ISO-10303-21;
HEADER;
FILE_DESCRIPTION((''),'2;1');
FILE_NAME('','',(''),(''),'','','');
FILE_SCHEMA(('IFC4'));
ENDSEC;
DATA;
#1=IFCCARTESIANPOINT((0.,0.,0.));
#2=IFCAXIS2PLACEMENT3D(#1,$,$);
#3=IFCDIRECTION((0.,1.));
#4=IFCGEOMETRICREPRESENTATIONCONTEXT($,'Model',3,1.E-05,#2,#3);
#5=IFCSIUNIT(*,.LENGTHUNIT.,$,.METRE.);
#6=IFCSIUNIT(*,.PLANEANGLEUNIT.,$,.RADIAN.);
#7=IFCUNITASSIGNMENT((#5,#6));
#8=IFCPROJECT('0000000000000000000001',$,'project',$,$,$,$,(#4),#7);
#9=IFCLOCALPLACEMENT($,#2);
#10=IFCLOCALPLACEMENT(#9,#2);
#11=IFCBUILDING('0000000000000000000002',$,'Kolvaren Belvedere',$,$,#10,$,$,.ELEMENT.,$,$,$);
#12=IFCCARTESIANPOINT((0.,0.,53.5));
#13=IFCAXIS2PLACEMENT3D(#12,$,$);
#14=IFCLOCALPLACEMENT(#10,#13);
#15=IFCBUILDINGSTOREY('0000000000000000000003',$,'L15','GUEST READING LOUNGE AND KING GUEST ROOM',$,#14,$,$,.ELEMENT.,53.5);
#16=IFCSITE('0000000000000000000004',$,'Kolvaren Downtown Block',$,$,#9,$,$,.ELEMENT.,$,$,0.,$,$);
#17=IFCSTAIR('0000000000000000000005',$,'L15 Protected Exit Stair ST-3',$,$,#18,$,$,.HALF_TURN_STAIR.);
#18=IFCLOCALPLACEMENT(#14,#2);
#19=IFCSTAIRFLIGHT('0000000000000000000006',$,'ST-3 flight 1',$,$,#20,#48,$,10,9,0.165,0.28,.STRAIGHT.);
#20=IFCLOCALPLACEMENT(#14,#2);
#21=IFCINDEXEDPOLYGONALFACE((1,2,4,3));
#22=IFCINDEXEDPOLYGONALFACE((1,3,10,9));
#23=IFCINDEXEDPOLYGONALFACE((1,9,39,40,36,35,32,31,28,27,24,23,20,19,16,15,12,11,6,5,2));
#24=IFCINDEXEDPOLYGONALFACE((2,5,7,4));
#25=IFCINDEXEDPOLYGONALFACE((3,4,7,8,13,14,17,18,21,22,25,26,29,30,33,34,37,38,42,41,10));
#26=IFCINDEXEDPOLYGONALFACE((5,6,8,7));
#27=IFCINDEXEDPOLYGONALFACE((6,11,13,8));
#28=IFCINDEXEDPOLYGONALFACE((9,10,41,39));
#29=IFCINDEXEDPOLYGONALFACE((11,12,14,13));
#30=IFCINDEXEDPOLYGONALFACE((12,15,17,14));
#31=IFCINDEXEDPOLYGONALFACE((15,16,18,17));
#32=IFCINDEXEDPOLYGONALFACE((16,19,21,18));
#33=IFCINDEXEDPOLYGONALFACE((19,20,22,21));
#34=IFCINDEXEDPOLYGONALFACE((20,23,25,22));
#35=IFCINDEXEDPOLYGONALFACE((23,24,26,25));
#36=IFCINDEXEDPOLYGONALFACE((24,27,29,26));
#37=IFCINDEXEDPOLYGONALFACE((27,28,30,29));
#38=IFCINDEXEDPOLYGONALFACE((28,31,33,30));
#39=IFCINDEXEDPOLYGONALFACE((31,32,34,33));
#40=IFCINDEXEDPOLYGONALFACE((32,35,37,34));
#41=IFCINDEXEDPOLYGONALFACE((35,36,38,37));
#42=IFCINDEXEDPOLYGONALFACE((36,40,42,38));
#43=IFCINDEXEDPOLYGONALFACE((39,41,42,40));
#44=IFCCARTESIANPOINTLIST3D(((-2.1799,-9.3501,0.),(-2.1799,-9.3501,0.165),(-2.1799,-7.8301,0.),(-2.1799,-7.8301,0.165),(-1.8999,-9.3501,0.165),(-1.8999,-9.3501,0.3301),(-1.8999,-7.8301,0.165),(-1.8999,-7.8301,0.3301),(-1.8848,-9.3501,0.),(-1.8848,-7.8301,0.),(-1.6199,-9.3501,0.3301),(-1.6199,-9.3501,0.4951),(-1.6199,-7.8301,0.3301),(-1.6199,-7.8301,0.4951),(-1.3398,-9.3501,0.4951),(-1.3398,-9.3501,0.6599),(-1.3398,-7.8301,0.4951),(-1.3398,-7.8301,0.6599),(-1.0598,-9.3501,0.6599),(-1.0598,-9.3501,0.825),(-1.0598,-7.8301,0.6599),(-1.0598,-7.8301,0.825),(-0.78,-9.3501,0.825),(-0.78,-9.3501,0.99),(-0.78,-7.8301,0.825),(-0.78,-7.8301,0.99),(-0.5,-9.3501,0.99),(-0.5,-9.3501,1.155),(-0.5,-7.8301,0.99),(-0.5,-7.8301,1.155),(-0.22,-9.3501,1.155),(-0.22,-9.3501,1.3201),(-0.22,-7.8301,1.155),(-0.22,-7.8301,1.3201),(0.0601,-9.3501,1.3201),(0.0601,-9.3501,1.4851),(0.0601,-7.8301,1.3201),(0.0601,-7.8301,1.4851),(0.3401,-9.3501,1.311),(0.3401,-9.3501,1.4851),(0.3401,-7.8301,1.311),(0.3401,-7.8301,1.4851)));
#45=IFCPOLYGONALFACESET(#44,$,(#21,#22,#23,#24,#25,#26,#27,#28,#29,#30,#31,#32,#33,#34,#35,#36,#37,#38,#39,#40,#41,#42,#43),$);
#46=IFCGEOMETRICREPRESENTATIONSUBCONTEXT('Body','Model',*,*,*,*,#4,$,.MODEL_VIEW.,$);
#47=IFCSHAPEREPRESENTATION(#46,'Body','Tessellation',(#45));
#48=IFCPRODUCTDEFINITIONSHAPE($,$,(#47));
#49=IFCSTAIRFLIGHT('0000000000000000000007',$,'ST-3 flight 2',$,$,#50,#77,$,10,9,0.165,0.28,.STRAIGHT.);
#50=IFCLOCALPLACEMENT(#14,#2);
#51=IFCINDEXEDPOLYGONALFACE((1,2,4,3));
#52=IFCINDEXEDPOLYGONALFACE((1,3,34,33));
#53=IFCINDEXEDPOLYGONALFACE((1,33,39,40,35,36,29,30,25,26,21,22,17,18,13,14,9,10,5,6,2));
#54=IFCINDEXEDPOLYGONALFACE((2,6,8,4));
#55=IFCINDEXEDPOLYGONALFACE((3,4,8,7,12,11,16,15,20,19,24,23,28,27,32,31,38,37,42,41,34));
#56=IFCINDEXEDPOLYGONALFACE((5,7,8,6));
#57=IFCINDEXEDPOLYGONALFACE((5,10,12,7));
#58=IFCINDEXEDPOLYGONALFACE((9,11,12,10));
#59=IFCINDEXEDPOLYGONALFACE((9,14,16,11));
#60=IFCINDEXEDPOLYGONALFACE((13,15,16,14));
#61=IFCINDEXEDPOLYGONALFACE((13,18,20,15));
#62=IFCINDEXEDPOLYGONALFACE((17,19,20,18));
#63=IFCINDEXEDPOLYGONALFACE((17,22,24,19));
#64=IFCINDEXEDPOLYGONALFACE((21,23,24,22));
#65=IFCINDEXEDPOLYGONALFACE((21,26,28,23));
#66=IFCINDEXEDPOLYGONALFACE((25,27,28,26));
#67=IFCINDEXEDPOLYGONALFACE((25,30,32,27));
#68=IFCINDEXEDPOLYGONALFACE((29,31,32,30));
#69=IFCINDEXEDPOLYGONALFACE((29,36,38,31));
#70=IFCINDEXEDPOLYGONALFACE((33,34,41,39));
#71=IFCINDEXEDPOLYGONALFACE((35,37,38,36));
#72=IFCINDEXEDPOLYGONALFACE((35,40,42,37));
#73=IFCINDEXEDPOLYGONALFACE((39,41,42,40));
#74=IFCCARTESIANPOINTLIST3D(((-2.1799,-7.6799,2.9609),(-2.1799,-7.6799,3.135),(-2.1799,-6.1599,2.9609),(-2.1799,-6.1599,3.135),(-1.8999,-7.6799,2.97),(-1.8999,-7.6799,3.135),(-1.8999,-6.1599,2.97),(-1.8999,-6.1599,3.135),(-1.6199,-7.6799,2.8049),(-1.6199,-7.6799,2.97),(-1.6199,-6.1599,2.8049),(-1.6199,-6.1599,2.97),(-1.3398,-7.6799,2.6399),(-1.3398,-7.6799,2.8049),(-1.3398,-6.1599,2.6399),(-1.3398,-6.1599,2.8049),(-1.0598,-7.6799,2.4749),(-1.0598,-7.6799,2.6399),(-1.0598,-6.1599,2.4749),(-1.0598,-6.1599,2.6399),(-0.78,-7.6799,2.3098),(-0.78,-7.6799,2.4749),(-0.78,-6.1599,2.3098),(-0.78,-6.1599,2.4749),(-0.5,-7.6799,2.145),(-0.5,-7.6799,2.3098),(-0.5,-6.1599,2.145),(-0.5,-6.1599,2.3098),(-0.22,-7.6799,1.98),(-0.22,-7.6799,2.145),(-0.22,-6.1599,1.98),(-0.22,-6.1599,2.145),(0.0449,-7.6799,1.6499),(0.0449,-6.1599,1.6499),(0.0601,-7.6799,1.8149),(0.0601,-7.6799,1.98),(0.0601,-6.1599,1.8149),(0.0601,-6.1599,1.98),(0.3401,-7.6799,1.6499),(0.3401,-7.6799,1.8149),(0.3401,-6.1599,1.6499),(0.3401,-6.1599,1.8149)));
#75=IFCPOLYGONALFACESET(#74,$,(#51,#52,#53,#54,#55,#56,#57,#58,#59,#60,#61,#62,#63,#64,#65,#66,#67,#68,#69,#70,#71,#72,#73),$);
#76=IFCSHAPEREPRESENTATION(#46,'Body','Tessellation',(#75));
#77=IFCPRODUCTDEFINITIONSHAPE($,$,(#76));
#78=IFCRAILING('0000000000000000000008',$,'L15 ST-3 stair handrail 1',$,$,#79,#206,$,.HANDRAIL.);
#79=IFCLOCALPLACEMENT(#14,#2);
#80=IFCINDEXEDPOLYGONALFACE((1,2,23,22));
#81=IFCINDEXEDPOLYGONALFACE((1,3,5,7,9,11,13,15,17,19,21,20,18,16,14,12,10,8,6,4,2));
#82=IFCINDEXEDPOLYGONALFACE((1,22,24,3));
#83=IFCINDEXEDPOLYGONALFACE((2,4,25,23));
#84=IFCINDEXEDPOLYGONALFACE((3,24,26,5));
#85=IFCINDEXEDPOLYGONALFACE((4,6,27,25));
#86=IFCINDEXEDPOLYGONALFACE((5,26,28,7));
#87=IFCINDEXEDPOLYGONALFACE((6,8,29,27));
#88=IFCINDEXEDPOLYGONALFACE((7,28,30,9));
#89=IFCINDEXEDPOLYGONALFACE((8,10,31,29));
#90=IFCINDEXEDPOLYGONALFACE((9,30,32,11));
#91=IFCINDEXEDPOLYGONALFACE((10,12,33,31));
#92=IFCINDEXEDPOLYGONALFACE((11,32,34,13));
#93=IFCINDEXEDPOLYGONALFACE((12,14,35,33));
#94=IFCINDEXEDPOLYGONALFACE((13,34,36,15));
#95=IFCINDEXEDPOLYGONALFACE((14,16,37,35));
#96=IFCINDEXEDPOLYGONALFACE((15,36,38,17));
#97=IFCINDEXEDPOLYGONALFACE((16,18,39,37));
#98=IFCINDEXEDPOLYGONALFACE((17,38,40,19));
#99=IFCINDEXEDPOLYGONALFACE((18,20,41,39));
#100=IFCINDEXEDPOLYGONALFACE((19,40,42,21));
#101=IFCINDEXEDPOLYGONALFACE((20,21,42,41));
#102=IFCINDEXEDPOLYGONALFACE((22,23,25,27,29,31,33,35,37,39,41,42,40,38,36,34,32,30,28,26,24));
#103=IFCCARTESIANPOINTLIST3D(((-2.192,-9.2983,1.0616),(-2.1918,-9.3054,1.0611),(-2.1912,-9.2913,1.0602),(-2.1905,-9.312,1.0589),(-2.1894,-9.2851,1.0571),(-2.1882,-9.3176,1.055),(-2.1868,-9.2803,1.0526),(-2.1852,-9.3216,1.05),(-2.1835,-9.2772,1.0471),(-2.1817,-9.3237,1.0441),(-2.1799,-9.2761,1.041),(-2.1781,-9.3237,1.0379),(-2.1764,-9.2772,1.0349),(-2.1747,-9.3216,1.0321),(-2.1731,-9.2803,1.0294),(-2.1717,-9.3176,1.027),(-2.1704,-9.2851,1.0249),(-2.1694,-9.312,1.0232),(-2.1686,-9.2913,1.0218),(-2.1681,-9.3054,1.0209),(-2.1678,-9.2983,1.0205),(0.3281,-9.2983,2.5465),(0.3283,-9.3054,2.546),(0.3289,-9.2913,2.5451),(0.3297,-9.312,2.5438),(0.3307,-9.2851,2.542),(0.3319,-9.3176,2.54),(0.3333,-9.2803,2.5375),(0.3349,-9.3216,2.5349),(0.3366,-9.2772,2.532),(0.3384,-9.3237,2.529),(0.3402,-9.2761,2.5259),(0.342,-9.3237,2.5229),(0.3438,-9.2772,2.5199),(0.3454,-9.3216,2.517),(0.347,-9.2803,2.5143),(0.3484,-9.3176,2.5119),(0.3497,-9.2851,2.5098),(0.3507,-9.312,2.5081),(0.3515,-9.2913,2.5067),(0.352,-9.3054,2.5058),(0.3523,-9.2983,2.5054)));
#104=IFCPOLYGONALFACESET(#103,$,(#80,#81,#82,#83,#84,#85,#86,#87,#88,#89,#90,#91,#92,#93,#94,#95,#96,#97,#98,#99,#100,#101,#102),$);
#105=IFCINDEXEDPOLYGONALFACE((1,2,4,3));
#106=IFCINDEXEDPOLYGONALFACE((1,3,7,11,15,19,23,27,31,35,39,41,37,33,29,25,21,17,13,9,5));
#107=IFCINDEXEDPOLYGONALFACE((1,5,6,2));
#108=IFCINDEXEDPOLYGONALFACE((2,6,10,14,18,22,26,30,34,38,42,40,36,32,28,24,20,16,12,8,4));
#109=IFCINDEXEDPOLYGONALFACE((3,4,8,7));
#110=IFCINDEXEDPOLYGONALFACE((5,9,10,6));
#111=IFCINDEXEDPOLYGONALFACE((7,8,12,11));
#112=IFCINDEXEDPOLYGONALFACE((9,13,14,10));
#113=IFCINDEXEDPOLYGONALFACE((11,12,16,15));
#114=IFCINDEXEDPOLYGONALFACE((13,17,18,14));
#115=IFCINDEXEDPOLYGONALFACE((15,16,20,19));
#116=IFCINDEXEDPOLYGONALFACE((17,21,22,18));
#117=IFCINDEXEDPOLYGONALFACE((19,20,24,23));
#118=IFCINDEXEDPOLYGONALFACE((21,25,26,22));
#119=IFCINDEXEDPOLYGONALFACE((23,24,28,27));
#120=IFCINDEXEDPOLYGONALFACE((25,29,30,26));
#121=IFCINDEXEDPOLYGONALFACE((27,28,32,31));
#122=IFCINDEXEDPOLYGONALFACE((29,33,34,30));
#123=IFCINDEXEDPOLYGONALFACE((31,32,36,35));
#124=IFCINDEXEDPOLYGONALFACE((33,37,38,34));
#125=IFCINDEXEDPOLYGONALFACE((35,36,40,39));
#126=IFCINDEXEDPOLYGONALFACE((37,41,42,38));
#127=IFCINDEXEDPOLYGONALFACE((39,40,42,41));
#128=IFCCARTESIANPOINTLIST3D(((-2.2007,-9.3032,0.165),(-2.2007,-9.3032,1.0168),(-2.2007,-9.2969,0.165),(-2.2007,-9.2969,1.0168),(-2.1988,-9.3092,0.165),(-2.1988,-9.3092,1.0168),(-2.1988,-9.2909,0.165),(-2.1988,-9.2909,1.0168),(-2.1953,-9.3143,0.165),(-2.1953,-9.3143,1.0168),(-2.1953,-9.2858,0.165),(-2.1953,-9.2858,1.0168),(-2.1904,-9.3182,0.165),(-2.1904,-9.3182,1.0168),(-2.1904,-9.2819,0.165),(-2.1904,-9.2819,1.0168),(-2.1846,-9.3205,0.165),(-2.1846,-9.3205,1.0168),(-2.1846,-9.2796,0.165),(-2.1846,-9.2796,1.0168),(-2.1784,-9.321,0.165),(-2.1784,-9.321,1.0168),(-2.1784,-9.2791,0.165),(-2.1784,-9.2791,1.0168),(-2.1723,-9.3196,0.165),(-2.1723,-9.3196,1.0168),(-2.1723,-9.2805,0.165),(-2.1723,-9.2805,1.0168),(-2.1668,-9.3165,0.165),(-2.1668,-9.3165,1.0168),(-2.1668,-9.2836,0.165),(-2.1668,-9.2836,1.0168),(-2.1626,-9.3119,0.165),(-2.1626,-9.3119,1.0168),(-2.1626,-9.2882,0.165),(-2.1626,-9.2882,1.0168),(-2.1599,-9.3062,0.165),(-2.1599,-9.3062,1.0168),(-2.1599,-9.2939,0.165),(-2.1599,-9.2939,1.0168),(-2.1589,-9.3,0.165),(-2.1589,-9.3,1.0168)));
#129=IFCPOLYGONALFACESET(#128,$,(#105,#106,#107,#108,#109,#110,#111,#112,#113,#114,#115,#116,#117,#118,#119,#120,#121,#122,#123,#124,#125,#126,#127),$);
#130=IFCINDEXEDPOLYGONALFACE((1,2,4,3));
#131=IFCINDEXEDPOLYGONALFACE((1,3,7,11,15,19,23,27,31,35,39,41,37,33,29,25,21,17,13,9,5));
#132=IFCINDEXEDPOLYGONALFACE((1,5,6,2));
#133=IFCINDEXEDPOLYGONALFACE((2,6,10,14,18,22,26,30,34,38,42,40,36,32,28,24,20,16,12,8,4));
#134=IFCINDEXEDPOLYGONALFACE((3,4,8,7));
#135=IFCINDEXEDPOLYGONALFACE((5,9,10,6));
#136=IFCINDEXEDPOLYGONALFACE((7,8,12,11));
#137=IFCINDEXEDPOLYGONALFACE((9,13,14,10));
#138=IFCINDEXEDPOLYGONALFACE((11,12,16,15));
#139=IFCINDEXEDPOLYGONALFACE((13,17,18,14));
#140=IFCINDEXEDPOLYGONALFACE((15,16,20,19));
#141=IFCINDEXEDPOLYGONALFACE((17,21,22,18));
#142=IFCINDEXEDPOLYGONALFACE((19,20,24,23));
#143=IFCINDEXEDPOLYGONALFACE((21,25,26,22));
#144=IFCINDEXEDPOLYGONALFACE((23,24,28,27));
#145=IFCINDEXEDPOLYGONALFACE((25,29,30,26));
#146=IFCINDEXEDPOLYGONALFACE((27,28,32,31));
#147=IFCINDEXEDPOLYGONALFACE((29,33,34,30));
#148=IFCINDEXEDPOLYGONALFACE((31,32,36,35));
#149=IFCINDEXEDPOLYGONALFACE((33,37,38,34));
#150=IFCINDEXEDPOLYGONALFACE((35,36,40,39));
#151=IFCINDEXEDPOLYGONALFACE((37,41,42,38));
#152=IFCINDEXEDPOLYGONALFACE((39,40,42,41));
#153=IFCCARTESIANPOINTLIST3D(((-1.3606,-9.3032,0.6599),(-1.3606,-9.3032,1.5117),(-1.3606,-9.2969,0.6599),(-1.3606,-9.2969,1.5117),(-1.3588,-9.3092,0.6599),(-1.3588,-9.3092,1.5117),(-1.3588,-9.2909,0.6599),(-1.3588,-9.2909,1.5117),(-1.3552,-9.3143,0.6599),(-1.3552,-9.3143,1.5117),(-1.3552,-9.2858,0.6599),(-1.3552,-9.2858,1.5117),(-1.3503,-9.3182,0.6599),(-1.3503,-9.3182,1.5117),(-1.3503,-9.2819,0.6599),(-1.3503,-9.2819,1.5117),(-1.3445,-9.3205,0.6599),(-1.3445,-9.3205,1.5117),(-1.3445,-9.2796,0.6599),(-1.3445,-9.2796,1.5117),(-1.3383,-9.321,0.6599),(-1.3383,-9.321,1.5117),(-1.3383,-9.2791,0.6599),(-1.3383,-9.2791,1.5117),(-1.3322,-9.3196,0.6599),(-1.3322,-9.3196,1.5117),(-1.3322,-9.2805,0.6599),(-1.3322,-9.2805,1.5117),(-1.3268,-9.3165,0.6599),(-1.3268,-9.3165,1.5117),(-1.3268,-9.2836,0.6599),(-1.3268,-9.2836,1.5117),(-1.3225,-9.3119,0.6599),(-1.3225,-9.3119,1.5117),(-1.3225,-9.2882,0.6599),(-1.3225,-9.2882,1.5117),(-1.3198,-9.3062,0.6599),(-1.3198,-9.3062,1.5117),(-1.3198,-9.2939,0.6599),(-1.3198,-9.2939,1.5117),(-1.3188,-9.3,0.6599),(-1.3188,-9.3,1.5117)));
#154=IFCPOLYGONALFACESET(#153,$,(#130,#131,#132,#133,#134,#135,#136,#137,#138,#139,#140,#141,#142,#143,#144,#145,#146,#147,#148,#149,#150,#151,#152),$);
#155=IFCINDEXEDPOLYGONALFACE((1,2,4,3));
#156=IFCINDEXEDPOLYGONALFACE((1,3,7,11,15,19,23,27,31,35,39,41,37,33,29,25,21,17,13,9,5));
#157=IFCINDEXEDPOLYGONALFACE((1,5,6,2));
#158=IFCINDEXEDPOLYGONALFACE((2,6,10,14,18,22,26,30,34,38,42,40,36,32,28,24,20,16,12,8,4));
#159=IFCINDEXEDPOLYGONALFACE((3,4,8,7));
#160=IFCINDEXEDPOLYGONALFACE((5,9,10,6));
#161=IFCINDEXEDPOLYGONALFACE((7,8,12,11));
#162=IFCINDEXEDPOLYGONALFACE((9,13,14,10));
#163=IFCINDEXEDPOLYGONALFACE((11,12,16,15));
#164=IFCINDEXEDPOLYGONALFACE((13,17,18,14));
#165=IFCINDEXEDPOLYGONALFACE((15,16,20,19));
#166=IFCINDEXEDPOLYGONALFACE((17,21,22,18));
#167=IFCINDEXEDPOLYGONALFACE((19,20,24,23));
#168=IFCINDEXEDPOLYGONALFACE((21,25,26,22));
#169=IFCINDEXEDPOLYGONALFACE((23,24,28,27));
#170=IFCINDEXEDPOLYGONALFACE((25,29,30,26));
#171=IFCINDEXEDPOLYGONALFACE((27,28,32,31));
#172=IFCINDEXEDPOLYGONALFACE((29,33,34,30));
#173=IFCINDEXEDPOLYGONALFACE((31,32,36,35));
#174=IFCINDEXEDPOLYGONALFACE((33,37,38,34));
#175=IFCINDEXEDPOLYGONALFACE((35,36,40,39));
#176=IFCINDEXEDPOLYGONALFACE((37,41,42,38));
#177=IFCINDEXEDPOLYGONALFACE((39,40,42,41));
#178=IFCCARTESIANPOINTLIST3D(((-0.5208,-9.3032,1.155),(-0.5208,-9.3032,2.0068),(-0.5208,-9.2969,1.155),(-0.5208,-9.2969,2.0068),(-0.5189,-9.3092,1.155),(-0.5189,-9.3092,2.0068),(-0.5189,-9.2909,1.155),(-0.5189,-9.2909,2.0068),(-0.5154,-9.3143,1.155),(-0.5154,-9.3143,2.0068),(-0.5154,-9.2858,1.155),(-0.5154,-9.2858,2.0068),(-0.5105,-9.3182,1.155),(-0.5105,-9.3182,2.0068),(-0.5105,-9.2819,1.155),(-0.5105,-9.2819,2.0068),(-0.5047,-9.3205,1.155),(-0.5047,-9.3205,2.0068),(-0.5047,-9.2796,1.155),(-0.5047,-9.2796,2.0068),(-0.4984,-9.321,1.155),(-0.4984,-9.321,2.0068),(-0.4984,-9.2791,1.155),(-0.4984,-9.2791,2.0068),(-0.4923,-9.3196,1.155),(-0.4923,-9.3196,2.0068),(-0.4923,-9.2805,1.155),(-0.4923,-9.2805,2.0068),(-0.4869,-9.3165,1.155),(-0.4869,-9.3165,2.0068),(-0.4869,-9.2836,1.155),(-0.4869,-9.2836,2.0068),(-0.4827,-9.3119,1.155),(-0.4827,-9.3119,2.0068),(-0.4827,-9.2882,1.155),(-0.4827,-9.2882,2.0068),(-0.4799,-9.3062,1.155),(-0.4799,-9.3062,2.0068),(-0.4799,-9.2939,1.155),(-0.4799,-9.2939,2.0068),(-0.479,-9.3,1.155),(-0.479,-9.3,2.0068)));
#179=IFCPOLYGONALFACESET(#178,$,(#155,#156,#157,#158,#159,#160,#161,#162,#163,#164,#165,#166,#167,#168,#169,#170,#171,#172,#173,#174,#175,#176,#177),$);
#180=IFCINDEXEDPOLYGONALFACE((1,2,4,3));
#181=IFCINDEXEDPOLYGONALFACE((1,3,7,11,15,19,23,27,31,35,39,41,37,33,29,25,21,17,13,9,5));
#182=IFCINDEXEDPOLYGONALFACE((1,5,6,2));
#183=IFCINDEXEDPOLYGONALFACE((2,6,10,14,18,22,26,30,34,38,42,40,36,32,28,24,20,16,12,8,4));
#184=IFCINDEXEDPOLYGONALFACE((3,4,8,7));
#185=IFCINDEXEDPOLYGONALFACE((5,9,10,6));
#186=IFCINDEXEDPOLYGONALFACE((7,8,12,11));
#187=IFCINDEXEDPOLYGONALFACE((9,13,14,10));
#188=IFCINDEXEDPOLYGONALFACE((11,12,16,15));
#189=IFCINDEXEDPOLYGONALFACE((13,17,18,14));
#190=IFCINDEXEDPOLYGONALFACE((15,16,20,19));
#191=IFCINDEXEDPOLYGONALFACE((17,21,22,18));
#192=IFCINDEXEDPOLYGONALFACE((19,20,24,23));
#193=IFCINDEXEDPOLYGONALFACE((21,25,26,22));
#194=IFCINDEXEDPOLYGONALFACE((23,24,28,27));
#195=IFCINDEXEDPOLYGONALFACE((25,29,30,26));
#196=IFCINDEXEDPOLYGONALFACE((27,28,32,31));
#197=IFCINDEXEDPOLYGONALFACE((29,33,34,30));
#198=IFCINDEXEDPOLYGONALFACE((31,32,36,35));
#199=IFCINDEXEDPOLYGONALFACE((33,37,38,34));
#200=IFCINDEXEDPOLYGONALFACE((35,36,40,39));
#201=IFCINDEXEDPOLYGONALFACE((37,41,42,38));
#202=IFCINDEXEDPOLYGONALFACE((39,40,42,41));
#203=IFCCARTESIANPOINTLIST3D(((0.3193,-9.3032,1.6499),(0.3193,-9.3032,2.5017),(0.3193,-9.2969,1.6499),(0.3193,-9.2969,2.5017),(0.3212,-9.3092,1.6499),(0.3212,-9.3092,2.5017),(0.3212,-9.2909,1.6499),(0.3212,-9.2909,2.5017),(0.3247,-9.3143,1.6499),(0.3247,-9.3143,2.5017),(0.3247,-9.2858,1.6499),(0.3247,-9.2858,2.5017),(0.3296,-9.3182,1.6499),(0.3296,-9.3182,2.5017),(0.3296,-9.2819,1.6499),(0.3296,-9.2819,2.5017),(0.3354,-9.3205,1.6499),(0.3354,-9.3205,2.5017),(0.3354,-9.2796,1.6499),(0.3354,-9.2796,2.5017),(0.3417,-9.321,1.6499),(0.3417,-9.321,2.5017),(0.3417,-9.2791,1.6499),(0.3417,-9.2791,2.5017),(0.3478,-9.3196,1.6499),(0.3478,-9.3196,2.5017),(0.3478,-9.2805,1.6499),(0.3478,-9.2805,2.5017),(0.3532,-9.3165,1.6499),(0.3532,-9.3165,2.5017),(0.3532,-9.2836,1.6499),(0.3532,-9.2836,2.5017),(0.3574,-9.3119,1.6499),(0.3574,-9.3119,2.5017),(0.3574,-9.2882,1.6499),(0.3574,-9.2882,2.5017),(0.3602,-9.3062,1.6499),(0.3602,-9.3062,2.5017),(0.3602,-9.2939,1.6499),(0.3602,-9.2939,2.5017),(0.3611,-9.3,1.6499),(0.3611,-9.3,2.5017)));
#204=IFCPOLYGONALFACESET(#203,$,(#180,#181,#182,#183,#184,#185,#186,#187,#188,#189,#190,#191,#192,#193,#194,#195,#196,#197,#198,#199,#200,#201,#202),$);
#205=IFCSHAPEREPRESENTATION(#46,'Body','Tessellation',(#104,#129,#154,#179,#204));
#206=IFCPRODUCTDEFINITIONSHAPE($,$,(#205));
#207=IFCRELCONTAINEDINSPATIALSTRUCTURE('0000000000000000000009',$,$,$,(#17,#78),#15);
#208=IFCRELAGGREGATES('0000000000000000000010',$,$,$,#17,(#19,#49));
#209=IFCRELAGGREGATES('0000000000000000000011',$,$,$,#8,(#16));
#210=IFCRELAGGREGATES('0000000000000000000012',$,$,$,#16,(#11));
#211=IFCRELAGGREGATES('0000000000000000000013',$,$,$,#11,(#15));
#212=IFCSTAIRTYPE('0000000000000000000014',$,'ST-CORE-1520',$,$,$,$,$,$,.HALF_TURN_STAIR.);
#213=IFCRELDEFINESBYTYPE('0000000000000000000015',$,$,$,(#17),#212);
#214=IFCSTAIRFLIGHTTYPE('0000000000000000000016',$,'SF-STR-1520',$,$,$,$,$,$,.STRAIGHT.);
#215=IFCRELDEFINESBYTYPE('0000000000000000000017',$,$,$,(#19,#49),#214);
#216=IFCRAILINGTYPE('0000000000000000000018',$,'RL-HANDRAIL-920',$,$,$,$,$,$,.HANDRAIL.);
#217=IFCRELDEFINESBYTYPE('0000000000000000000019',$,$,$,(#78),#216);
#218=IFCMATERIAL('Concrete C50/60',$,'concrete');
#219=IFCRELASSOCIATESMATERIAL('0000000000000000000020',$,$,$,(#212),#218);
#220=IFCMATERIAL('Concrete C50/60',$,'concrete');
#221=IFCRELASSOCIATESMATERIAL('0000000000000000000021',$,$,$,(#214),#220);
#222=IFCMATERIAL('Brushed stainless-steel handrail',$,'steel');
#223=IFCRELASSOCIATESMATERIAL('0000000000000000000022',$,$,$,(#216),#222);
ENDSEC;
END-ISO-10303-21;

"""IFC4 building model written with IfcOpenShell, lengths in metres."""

from ifc_helpers import new_model, si_unit, direction, frame, origin, origin_2d, place, context, subcontext, project, spatial, polyline, circle, outline, extrude, material, type_object, element, aggregate, save


model = new_model("IFC4")

# Units and contexts
model_context = context("Model", 3, precision=1e-05, world=origin(), true_north=direction((0.0, 1.0)))
body_context = subcontext(model_context, "Body", "Model", "MODEL_VIEW")
ifc_project = project(units=[si_unit("LENGTHUNIT", "METRE"), si_unit("PLANEANGLEUNIT", "RADIAN")], contexts=[model_context])

# Site, building, storey
site_placement = place(None, origin())
site = spatial("IfcSite", under=ifc_project, at=site_placement, Name="Kolvaren Downtown Block", CompositionType="ELEMENT", RefElevation=0.0)
building_placement = place(site_placement, origin())
building = spatial("IfcBuilding", under=site, at=building_placement, Name="Kolvaren Belvedere", CompositionType="ELEMENT")
storey_placement = place(building_placement, frame((0.0, 0.0, 53.5)))
storey = spatial("IfcBuildingStorey", under=building, at=storey_placement, Name="L15", Description="GUEST READING LOUNGE AND KING GUEST ROOM", CompositionType="ELEMENT", Elevation=53.5)

# Stair, stair flights
ifc_material_1 = material(Name="Concrete C50/60", Category="concrete")
stair_type = type_object("IfcStairType", Name="ST-CORE-1520", PredefinedType="HALF_TURN_STAIR", material=ifc_material_1)
stair_placement = place(storey_placement, origin())
stair = element("IfcStair", 1, at=stair_placement, inside=storey, type_object=stair_type, Name="L15 Protected Exit Stair ST-3", PredefinedType="HALF_TURN_STAIR")
ifc_material_2 = material(Name="Concrete C50/60", Category="concrete")
stair_flight_type = type_object("IfcStairFlightType", Name="SF-STR-1520", PredefinedType="STRAIGHT", material=ifc_material_2)
stair_flight_1_placement = place(storey_placement, frame((-2.1799, -8.5901, 0.0), z_axis=(0.0, 0.0, 1.0), x_axis=(1.0, 0.0, 0.0)))
stair_flight_1 = element("IfcStairFlight", 2, at=stair_flight_1_placement, type_object=stair_flight_type, Name="ST-3 flight 1", NumberOfRisers=10, NumberOfTreads=9, PredefinedType="STRAIGHT", RiserHeight=0.165, TreadLength=0.28, context=body_context, shape_type="SweptSolid", body=[
    extrude(outline(polyline([(0.0, 0.0), (0.0, 0.165), (0.28, 0.165), (0.28, 0.3301), (0.5601, 0.3301), (0.5601, 0.4951), (0.8401, 0.4951), (0.8401, 0.6599), (1.1201, 0.6599), (1.1201, 0.825), (1.3999, 0.825), (1.3999, 0.99), (1.6799, 0.99), (1.6799, 1.155), (1.96, 1.155), (1.96, 1.3201), (2.24, 1.3201), (2.24, 1.4851), (2.52, 1.4851), (2.52, 1.6499), (2.52, 1.311), (0.2952, 0.0), (0.0, 0.0)])), frame((0.0, 0.76, 0.0), z_axis=(0.0, -1.0, 0.0), x_axis=(1.0, 0.0, 0.0)), (0.0, 0.0, 1.0), 1.52),
])
stair_flight_2_placement = place(storey_placement, frame((0.3401, -6.9199, 1.6499), z_axis=(0.0, 0.0, 1.0), x_axis=(-1.0, 0.0, 0.0)))
stair_flight_2 = element("IfcStairFlight", 3, at=stair_flight_2_placement, type_object=stair_flight_type, Name="ST-3 flight 2", NumberOfRisers=10, NumberOfTreads=9, PredefinedType="STRAIGHT", RiserHeight=0.165, TreadLength=0.28, context=body_context, shape_type="SweptSolid", body=[
    extrude(outline(polyline([(0.0, 0.0), (0.0, 0.165), (0.28, 0.165), (0.28, 0.3301), (0.5601, 0.3301), (0.5601, 0.4951), (0.8401, 0.4951), (0.8401, 0.6599), (1.1201, 0.6599), (1.1201, 0.825), (1.3999, 0.825), (1.3999, 0.99), (1.6799, 0.99), (1.6799, 1.155), (1.96, 1.155), (1.96, 1.3201), (2.24, 1.3201), (2.24, 1.4851), (2.52, 1.4851), (2.52, 1.6499), (2.52, 1.311), (0.2952, 0.0), (0.0, 0.0)])), frame((0.0, 0.76, 0.0), z_axis=(0.0, -1.0, 0.0), x_axis=(1.0, 0.0, 0.0)), (0.0, 0.0, 1.0), 1.52),
])
aggregate(stair, [stair_flight_1, stair_flight_2])

# Railing
ifc_material_3 = material(Name="Brushed stainless-steel handrail", Category="steel")
railing_type_1 = type_object("IfcRailingType", Name="RL-HANDRAIL-920", PredefinedType="HANDRAIL", material=ifc_material_3)
railing_1_placement = place(storey_placement, frame((-2.1799, -9.3, 0.165)))
element("IfcRailing", 4, at=railing_1_placement, inside=storey, type_object=railing_type_1, Name="L15 ST-3 stair handrail 1", PredefinedType="HANDRAIL", context=body_context, shape_type="SweptSolid", body=[
    extrude(circle(Radius=0.0239, at=origin_2d()), frame((0.0, 0.0, 0.876), z_axis=(0.861561, 0.0, 0.507655), x_axis=(0.0, 1.0, 0.0)), (0.0, 0.0, 1.0), 2.925),
    extrude(circle(Radius=0.021, at=origin_2d()), origin(), (0.0, 0.0, 1.0), 0.8518),
    extrude(circle(Radius=0.021, at=origin_2d()), frame((0.8401, 0.0, 0.4949)), (0.0, 0.0, 1.0), 0.8518),
    extrude(circle(Radius=0.021, at=origin_2d()), frame((1.6799, 0.0, 0.99)), (0.0, 0.0, 1.0), 0.8518),
    extrude(circle(Radius=0.021, at=origin_2d()), frame((2.52, 0.0, 1.4849)), (0.0, 0.0, 1.0), 0.8518),
])

save(model, "model.ifc")
